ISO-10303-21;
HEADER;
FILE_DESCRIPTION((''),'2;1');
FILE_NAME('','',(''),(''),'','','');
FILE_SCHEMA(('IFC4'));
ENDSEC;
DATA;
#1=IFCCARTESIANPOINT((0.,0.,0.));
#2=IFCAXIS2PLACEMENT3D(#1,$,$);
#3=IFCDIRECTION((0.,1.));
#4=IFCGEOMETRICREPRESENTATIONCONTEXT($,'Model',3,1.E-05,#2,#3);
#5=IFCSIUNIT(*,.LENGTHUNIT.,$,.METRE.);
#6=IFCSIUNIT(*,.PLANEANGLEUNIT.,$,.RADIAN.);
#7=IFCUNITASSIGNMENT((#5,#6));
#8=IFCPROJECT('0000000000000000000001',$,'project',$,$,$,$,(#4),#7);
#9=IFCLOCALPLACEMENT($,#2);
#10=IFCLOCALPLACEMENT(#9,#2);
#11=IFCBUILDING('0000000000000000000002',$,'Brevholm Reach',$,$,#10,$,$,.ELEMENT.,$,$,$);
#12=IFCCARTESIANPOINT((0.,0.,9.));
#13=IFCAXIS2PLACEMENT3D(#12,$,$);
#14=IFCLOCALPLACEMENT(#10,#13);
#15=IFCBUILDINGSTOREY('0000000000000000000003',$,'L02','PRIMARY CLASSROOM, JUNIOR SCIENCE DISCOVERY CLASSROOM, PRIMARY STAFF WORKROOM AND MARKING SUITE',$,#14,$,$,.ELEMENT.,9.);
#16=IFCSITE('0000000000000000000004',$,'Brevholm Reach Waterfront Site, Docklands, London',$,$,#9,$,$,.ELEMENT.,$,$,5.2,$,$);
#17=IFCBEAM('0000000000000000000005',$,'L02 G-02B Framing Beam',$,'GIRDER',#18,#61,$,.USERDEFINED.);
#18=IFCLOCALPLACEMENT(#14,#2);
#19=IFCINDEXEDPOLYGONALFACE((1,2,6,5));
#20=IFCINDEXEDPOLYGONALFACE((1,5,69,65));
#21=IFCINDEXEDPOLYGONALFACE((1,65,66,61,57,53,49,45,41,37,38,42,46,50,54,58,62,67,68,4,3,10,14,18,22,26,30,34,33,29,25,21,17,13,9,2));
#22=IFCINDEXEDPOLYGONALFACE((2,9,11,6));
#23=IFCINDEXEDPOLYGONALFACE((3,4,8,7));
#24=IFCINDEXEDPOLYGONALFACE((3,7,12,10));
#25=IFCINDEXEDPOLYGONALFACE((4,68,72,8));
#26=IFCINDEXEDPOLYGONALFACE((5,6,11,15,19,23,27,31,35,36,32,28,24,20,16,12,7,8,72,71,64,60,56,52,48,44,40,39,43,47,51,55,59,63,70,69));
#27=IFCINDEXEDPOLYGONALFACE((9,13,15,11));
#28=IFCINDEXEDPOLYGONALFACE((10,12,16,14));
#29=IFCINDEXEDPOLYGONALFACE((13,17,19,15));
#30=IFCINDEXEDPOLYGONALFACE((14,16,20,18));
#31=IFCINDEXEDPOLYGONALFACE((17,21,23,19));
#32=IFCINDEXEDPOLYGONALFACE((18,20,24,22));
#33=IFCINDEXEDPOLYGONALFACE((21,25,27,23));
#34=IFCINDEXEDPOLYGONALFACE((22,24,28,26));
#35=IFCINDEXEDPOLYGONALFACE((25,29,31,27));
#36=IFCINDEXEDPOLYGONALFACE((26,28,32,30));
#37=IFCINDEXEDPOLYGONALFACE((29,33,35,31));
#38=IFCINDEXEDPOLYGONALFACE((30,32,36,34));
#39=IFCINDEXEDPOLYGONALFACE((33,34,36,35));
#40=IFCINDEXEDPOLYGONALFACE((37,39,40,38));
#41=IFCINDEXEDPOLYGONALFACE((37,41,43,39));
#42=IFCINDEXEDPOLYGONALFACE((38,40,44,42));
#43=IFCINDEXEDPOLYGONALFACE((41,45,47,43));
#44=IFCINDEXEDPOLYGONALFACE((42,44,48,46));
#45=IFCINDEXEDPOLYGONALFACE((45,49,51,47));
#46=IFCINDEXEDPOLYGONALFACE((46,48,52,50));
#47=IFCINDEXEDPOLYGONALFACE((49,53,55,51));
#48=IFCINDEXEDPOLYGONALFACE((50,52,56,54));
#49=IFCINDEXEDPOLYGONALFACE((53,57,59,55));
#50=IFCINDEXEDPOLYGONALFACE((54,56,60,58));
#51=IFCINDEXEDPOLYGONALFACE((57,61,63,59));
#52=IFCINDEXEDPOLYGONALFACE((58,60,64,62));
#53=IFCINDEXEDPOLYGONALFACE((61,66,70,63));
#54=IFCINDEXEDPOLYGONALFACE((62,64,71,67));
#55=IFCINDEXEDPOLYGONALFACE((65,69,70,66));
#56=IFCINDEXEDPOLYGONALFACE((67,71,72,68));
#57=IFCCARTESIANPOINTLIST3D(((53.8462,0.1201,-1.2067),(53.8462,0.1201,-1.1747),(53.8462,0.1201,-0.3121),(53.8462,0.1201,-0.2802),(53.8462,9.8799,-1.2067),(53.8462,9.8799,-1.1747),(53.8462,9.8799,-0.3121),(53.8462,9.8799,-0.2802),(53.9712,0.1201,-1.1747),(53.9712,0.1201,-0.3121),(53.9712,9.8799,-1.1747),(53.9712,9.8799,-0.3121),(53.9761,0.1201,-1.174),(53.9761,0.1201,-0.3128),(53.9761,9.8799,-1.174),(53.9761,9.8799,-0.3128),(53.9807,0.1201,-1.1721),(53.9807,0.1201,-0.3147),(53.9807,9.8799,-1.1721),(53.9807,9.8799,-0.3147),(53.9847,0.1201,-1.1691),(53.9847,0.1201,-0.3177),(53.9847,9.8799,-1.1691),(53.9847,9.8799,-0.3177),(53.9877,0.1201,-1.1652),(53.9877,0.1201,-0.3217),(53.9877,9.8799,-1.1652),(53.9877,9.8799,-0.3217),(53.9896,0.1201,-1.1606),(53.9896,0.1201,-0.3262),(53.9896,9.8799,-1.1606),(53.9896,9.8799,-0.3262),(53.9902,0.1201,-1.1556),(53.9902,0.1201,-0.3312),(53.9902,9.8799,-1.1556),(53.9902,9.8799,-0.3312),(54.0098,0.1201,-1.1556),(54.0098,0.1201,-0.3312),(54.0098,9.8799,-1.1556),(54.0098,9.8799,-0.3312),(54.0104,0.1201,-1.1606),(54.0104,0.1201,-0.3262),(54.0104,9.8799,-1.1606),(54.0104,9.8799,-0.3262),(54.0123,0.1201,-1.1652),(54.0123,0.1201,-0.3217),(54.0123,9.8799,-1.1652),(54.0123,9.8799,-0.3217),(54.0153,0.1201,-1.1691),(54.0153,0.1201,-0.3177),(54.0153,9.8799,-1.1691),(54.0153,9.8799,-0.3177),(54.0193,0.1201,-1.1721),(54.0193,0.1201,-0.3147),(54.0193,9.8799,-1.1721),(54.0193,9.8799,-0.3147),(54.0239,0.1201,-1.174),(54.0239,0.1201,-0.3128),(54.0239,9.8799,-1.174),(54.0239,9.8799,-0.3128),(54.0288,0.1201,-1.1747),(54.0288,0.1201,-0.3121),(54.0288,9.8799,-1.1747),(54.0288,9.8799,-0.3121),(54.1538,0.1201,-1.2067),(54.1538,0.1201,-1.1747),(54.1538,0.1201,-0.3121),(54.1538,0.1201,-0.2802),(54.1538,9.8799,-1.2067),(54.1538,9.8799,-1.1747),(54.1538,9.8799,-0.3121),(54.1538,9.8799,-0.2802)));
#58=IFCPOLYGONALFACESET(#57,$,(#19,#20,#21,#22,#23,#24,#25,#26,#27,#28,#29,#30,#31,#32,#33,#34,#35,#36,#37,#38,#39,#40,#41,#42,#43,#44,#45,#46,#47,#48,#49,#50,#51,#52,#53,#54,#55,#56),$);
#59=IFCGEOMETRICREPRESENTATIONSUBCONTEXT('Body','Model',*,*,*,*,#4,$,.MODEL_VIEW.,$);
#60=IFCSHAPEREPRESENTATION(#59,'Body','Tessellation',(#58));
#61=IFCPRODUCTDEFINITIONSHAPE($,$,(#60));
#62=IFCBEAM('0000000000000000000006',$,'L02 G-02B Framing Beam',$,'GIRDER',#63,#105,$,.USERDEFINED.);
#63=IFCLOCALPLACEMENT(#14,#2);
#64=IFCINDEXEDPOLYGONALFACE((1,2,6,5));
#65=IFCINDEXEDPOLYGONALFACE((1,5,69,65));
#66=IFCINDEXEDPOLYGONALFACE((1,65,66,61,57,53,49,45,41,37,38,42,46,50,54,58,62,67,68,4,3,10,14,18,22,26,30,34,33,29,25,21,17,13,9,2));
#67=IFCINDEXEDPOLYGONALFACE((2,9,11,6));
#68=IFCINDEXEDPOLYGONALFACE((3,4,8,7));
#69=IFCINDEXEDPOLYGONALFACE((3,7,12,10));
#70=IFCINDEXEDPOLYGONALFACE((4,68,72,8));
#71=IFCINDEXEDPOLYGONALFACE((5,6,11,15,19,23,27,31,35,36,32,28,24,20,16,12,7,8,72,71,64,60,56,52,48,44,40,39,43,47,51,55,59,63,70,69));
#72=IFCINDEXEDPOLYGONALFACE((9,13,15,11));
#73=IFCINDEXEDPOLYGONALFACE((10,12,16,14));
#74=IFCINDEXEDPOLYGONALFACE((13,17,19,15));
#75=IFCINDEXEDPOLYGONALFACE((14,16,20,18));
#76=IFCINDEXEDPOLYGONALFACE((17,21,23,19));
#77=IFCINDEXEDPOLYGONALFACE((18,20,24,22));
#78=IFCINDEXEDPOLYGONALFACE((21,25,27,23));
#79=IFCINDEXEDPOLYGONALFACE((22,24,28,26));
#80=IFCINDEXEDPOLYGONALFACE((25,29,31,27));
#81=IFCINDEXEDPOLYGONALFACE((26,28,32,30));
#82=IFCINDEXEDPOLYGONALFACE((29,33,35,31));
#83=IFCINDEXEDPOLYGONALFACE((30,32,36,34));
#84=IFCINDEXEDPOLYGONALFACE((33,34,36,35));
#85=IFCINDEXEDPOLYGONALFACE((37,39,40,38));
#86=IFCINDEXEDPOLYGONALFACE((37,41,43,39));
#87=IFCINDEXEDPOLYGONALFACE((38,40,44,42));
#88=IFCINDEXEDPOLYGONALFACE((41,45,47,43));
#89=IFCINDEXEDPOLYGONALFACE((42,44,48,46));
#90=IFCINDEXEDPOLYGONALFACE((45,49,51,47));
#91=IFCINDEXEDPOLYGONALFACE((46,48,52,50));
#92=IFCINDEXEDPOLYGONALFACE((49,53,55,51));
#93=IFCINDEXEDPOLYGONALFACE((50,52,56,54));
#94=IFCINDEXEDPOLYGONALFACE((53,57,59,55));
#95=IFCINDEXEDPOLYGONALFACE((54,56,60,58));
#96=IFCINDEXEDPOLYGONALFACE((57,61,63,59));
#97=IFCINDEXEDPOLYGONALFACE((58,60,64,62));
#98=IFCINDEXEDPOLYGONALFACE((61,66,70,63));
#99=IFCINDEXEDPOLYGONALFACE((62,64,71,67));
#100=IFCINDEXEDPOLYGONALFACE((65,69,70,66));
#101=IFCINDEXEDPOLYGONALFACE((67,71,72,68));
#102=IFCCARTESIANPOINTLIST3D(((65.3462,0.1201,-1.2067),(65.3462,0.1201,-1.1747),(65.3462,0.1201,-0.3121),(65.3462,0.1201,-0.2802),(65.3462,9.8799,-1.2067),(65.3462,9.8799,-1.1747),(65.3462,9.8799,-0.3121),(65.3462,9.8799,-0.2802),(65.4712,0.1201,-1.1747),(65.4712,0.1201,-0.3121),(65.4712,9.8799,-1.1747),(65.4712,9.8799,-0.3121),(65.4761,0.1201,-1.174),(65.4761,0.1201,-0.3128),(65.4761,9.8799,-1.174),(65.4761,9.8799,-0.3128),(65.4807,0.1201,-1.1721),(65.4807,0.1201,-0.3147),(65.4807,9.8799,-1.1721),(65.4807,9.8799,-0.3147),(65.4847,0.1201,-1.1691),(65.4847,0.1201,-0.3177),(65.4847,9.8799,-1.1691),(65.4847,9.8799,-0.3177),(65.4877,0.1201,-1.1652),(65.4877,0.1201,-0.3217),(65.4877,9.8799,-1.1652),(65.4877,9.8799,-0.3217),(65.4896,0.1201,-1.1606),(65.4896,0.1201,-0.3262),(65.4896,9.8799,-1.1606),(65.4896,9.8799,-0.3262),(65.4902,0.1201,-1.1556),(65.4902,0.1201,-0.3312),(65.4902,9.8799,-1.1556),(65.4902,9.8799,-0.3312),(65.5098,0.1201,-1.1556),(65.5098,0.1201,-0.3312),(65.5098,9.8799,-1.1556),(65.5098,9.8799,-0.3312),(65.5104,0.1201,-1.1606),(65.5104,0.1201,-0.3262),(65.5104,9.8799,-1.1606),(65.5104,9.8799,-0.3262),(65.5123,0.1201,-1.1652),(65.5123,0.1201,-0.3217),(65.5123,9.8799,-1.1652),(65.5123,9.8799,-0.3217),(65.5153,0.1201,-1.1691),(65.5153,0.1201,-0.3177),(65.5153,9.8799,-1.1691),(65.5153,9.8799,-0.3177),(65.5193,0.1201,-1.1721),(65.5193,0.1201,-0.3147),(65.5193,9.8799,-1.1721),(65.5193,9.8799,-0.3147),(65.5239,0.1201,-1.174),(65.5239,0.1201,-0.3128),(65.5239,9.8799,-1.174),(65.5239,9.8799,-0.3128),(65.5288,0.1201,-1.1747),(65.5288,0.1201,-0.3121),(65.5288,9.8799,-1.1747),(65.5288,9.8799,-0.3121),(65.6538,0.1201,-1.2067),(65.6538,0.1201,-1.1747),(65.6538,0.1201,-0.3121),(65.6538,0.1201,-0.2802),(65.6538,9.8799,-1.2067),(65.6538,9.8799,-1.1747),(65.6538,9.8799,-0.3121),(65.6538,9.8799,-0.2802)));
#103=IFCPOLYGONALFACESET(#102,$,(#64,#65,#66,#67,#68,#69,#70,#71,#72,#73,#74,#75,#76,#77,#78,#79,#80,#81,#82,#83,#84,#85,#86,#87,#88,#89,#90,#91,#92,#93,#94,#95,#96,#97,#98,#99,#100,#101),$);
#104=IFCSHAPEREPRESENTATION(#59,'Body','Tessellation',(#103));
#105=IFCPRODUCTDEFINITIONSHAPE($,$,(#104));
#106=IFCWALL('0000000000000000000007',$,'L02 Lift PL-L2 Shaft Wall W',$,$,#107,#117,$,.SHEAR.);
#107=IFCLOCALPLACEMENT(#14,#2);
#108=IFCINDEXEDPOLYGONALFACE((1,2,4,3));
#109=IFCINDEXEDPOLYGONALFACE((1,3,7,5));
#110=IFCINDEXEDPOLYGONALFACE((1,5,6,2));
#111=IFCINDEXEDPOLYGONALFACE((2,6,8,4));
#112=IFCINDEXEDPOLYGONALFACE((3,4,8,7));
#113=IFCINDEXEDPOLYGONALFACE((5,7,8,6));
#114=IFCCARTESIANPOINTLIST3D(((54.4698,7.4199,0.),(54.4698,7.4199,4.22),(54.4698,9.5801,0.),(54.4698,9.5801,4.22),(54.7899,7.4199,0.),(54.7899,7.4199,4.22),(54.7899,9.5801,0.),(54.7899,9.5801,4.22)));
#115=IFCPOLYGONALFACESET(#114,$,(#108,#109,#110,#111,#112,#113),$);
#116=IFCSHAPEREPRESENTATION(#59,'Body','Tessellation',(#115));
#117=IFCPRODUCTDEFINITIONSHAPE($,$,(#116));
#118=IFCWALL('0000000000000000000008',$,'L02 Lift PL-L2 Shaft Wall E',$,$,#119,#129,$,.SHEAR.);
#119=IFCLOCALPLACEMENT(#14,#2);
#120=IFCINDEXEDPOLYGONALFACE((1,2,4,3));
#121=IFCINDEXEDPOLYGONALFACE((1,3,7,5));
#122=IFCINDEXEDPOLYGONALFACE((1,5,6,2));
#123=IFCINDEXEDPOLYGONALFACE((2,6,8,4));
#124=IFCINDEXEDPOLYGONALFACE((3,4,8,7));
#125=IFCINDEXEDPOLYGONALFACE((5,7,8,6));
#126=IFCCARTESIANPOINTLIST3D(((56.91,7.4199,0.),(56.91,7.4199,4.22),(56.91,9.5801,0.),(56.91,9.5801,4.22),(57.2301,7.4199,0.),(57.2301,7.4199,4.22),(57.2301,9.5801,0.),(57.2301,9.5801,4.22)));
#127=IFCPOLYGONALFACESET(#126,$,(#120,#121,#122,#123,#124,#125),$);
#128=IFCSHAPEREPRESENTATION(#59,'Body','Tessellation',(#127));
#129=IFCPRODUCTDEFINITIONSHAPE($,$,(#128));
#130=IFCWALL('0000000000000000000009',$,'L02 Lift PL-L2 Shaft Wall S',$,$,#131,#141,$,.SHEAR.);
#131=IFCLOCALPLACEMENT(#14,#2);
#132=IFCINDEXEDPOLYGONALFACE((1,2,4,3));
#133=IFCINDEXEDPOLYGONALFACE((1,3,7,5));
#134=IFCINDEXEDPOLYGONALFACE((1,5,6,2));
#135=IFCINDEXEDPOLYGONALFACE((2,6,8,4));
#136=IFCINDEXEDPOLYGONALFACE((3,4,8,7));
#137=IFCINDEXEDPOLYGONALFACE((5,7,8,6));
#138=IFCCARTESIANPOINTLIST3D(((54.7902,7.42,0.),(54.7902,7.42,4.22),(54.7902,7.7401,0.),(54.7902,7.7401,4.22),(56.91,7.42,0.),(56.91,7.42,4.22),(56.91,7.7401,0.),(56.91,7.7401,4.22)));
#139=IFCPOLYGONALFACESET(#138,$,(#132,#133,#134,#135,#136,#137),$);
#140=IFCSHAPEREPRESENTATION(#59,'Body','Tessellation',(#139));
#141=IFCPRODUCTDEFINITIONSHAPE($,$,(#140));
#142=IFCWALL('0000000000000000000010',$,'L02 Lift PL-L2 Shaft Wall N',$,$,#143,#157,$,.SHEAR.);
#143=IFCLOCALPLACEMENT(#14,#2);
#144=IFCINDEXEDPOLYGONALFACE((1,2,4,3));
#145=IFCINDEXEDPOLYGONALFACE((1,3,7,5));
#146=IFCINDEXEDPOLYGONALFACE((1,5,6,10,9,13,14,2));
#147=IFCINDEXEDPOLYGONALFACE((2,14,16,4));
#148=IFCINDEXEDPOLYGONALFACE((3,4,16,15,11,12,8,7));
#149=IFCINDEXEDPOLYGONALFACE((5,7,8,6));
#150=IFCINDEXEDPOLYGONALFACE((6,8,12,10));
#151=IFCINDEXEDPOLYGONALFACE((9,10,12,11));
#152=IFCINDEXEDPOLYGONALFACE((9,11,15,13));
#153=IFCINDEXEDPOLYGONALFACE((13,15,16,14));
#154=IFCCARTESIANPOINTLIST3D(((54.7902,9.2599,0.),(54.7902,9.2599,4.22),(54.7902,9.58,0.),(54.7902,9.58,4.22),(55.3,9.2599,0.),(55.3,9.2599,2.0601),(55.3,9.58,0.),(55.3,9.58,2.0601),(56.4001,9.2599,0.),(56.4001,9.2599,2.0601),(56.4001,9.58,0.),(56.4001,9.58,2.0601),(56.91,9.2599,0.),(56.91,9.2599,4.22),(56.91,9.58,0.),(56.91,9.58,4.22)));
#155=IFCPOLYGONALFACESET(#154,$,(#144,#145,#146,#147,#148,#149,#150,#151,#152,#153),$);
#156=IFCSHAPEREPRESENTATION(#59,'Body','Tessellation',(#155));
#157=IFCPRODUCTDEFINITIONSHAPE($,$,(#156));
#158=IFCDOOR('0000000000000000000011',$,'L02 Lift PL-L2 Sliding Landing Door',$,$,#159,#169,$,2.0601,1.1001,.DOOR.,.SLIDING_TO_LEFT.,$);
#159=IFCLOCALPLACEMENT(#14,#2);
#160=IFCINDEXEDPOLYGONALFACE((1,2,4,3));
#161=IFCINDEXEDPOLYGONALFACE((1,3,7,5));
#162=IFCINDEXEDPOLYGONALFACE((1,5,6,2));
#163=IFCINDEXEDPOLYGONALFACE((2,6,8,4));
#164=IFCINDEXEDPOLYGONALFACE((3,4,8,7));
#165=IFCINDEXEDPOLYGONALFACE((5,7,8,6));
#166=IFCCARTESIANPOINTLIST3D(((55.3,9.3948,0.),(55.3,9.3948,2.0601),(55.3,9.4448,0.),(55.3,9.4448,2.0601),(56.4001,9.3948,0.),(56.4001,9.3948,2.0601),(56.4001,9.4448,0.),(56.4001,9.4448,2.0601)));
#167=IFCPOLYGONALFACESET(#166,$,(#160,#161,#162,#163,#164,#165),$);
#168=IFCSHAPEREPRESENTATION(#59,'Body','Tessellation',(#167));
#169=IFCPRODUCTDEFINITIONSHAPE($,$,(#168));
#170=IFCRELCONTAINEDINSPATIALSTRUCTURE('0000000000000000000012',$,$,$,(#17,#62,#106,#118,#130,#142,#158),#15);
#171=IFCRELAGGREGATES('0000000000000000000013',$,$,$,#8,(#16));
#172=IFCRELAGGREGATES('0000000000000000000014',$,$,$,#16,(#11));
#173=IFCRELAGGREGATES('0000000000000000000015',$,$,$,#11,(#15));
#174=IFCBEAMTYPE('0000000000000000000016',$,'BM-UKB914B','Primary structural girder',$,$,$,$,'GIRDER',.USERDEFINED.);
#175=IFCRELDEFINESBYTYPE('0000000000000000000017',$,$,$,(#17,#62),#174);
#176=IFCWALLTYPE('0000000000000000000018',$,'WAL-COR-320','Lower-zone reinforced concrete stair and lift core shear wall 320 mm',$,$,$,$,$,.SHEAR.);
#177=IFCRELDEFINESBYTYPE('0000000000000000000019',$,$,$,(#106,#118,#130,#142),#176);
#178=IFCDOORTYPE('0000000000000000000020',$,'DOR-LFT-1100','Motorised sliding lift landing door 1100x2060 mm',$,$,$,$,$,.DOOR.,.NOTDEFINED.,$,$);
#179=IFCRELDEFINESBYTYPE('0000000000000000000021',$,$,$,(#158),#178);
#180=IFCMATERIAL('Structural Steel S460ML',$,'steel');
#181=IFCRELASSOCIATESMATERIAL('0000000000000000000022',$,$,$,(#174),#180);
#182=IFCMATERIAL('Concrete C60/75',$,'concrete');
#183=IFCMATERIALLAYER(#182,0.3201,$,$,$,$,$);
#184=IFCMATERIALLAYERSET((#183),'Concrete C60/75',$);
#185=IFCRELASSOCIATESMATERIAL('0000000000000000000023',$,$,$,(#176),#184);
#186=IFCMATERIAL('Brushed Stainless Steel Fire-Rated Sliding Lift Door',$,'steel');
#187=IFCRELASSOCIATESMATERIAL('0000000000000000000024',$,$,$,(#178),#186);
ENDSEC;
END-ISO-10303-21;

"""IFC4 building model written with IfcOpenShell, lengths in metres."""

from ifc_helpers import new_model, si_unit, direction, frame, frame_2d, origin, origin_2d, place, context, subcontext, project, spatial, rectangle, i_section, extrude, material, layer, layer_set, material_profile, profile_set, type_object, element, fill, save


model = new_model("IFC4")

# Units and contexts
model_context = context("Model", 3, precision=1e-05, world=origin(), true_north=direction((0.0, 1.0)))
body_context = subcontext(model_context, "Body", "Model", "MODEL_VIEW")
ifc_project = project(units=[si_unit("LENGTHUNIT", "METRE"), si_unit("PLANEANGLEUNIT", "RADIAN")], contexts=[model_context])

# Site, building, storey
site_placement = place(None, origin())
site = spatial("IfcSite", under=ifc_project, at=site_placement, Name="Brevholm Reach Waterfront Site, Docklands, London", CompositionType="ELEMENT", RefElevation=5.2)
building_placement = place(site_placement, origin())
building = spatial("IfcBuilding", under=site, at=building_placement, Name="Brevholm Reach", CompositionType="ELEMENT")
storey_placement = place(building_placement, frame((0.0, 0.0, 9.0)))
storey = spatial("IfcBuildingStorey", under=building, at=storey_placement, Name="L02", Description="PRIMARY CLASSROOM, JUNIOR SCIENCE DISCOVERY CLASSROOM, PRIMARY STAFF WORKROOM AND MARKING SUITE", CompositionType="ELEMENT", Elevation=9.0)

# Beams
ifc_material_1 = material(Name="Structural Steel S460ML", Category="steel")
ifc_material_profile_1 = material_profile(ifc_material_1, i_section(OverallWidth=0.3076, OverallDepth=0.9265, WebThickness=0.0195, FlangeThickness=0.032, FilletRadius=0.019, at=origin_2d()), Name="UKB 914x305x289")
ifc_profile_set_1 = profile_set([ifc_material_profile_1], Name="Structural Steel S460ML")
beam_type_1 = type_object("IfcBeamType", Name="BM-UKB914B", Description="Primary structural girder", ElementType="GIRDER", PredefinedType="USERDEFINED", material=ifc_profile_set_1)
for number, where, z_axis, x_axis, name in (
    (1, (54.0, 0.1201, -0.7434), (0.0, 1.0, 0.0), (-1.0, 0.0, 0.0), "L02 G-02B Framing Beam"),
    (2, (65.5, 0.1201, -0.7434), (0.0, 1.0, 0.0), (-1.0, 0.0, 0.0), "L02 G-02B Framing Beam"),
):
    element("IfcBeam", number, at=place(storey_placement, frame(where, z_axis=z_axis, x_axis=x_axis)), inside=storey, type_object=beam_type_1, Name=name, ObjectType="GIRDER", PredefinedType="USERDEFINED", context=body_context, shape_type="SweptSolid", body=[
        extrude(i_section(OverallWidth=0.3076, OverallDepth=0.9265, WebThickness=0.0195, FlangeThickness=0.032, FilletRadius=0.019, at=origin_2d()), origin(), (0.0, 0.0, 1.0), 9.7598),
    ])

# Walls
ifc_material_2 = material(Name="Concrete C60/75", Category="concrete")
ifc_layer_1 = layer(ifc_material_2, 0.3201)
ifc_layer_set_1 = layer_set([ifc_layer_1], Name="Concrete C60/75")
wall_type_1 = type_object("IfcWallType", Name="WAL-COR-320", Description="Lower-zone reinforced concrete stair and lift core shear wall 320 mm", PredefinedType="SHEAR", material=ifc_layer_set_1)
for number, where, z_axis, x_axis, name in (
    (3, (54.6299, 7.4199, 0.0), (0.0, 0.0, 1.0), (0.0, 1.0, 0.0), "L02 Lift PL-L2 Shaft Wall W"),
    (4, (57.0701, 7.4199, 0.0), (0.0, 0.0, 1.0), (0.0, 1.0, 0.0), "L02 Lift PL-L2 Shaft Wall E"),
):
    element("IfcWall", number, at=place(storey_placement, frame(where, z_axis=z_axis, x_axis=x_axis)), inside=storey, type_object=wall_type_1, Name=name, PredefinedType="SHEAR", context=body_context, shape_type="SweptSolid", body=[
        extrude(rectangle(XDim=2.1602, YDim=0.3201, at=frame_2d((1.0801, 0.0))), origin(), (0.0, 0.0, 1.0), 4.22),
    ])
wall_1_placement = place(storey_placement, frame((54.79, 7.5801, 0.0), z_axis=(0.0, 0.0, 1.0), x_axis=(1.0, 0.0, 0.0)))
element("IfcWall", 5, at=wall_1_placement, inside=storey, type_object=wall_type_1, Name="L02 Lift PL-L2 Shaft Wall S", PredefinedType="SHEAR", context=body_context, shape_type="SweptSolid", body=[
    extrude(rectangle(XDim=2.1199, YDim=0.3201, at=frame_2d((1.0601, 0.0))), origin(), (0.0, 0.0, 1.0), 4.22),
])

# Wall, opening, door
wall_2_placement = place(storey_placement, frame((54.79, 9.4199, 0.0), z_axis=(0.0, 0.0, 1.0), x_axis=(1.0, 0.0, 0.0)))
wall_2 = element("IfcWall", 6, at=wall_2_placement, inside=storey, type_object=wall_type_1, Name="L02 Lift PL-L2 Shaft Wall N", PredefinedType="SHEAR", context=body_context, shape_type="SweptSolid", body=[
    extrude(rectangle(XDim=2.1199, YDim=0.3201, at=frame_2d((1.0601, 0.0))), origin(), (0.0, 0.0, 1.0), 4.22),
])
opening_1_placement = place(wall_2_placement, frame((0.51, 0.0, 0.0)))
opening_1 = element("IfcOpeningElement", 7, at=opening_1_placement, cuts=wall_2, PredefinedType="OPENING", context=body_context, shape_type="SweptSolid", body=[
    extrude(rectangle(XDim=1.1001, YDim=2.0601, at=frame_2d((0.55, 1.03))), frame((0.0, 0.1699, 0.0), z_axis=(0.0, -1.0, 0.0), x_axis=(1.0, 0.0, 0.0)), (0.0, 0.0, 1.0), 0.3401),
])
ifc_material_3 = material(Name="Brushed Stainless Steel Fire-Rated Sliding Lift Door", Category="steel")
door_type_1 = type_object("IfcDoorType", Name="DOR-LFT-1100", Description="Motorised sliding lift landing door 1100x2060 mm", OperationType="NOTDEFINED", PredefinedType="DOOR", material=ifc_material_3)
door_1_placement = place(opening_1_placement, origin())
door_1 = element("IfcDoor", 8, at=door_1_placement, inside=storey, type_object=door_type_1, Name="L02 Lift PL-L2 Sliding Landing Door", OperationType="SLIDING_TO_LEFT", OverallHeight=2.0601, OverallWidth=1.1001, PredefinedType="DOOR", context=body_context, shape_type="SweptSolid", body=[
    extrude(rectangle(XDim=1.1001, YDim=2.0601, at=frame_2d((0.55, 1.03))), frame((0.0, 0.0249, 0.0), z_axis=(0.0, -1.0, 0.0), x_axis=(1.0, 0.0, 0.0)), (0.0, 0.0, 1.0), 0.05),
])
fill(opening_1, door_1)

save(model, "model.ifc")
